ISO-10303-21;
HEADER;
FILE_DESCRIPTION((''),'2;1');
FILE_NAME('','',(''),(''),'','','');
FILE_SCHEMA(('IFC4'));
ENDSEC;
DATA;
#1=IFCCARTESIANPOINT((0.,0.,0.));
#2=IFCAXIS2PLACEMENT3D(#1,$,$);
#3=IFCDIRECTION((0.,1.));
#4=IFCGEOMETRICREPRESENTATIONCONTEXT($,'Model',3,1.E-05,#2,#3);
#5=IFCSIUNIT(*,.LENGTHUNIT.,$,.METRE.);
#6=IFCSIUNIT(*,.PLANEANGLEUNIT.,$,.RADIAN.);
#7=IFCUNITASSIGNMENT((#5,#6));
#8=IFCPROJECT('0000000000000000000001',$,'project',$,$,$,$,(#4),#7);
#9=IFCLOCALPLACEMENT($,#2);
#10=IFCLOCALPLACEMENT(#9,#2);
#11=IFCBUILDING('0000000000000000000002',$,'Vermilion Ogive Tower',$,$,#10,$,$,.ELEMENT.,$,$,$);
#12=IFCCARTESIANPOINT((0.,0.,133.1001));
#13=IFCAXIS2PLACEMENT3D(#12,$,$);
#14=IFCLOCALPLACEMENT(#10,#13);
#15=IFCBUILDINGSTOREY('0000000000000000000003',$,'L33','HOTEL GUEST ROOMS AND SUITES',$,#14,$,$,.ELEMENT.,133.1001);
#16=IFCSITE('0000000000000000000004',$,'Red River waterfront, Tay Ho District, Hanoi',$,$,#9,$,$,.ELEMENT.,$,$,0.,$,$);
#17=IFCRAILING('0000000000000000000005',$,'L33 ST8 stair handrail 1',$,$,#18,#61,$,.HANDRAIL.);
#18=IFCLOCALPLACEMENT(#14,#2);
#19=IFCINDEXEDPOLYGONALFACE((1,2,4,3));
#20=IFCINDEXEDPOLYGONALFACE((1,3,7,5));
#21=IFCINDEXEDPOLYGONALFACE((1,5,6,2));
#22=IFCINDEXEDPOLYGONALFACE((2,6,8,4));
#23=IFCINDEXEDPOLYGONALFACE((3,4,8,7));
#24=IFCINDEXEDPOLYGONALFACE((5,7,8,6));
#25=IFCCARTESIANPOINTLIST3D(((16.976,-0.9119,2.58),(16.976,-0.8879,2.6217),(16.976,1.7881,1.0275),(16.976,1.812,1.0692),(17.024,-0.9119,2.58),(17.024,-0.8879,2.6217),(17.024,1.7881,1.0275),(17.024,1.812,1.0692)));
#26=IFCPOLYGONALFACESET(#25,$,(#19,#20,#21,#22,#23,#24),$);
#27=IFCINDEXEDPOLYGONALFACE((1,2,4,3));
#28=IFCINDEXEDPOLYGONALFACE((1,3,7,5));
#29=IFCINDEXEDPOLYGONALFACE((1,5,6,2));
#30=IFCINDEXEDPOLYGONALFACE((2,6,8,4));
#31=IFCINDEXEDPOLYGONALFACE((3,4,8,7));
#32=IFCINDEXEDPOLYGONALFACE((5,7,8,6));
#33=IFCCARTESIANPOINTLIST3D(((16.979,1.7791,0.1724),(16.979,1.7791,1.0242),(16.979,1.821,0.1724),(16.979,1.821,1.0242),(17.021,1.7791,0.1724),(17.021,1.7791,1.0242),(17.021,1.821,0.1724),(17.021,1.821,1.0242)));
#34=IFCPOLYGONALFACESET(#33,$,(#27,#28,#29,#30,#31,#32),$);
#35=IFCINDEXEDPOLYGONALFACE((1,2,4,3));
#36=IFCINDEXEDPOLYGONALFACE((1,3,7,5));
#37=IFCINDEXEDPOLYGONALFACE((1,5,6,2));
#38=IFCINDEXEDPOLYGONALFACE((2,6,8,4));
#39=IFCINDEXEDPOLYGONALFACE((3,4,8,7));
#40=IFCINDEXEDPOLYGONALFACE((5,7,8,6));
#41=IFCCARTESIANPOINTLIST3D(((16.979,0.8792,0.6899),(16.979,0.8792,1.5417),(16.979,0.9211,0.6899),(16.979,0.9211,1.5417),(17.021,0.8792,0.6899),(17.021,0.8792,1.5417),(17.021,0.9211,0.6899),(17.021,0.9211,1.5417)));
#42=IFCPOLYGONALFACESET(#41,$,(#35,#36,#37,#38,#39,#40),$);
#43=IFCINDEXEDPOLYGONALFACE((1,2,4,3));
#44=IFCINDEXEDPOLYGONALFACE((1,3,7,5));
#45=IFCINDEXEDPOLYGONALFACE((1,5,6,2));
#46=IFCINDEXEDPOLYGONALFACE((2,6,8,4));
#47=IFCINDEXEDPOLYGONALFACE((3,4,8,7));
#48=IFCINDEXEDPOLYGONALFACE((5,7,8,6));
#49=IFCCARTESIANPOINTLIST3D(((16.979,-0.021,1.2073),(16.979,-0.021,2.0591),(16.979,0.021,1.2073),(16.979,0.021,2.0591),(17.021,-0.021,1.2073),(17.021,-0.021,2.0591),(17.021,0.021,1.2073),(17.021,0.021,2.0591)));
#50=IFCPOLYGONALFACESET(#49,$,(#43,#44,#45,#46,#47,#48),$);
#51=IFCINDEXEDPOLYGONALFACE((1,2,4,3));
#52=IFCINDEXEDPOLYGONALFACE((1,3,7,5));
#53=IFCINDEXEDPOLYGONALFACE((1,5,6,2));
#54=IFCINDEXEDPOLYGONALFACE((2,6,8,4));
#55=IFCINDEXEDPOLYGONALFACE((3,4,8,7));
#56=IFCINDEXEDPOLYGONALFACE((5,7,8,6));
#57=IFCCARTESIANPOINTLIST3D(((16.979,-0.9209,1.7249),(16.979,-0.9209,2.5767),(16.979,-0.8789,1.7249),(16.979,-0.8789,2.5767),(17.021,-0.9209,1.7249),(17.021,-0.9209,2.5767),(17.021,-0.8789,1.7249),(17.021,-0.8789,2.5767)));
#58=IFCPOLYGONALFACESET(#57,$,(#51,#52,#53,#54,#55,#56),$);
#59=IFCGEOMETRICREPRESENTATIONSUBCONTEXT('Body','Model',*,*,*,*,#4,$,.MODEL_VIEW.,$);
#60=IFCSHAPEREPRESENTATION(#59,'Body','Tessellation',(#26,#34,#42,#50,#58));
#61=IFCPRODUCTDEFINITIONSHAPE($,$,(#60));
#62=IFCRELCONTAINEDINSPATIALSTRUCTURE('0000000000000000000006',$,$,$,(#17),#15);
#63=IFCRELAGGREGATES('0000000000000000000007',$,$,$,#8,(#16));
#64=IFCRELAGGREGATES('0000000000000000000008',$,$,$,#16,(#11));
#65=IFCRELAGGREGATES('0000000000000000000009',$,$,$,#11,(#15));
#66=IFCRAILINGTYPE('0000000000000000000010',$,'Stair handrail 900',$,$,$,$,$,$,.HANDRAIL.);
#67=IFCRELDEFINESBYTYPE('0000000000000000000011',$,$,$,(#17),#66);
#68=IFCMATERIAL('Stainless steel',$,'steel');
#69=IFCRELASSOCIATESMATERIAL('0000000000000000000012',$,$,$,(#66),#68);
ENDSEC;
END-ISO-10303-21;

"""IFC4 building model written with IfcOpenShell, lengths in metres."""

from ifc_helpers import new_model, si_unit, direction, frame, origin, origin_2d, place, context, subcontext, project, spatial, rectangle, extrude, material, type_object, element, save


model = new_model("IFC4")

# Units and contexts
model_context = context("Model", 3, precision=1e-05, world=origin(), true_north=direction((0.0, 1.0)))
body_context = subcontext(model_context, "Body", "Model", "MODEL_VIEW")
ifc_project = project(units=[si_unit("LENGTHUNIT", "METRE"), si_unit("PLANEANGLEUNIT", "RADIAN")], contexts=[model_context])

# Site, building, storey
site_placement = place(None, origin())
site = spatial("IfcSite", under=ifc_project, at=site_placement, Name="Red River waterfront, Tay Ho District, Hanoi", CompositionType="ELEMENT", RefElevation=0.0)
building_placement = place(site_placement, origin())
building = spatial("IfcBuilding", under=site, at=building_placement, Name="Vermilion Ogive Tower", CompositionType="ELEMENT")
storey_placement = place(building_placement, frame((0.0, 0.0, 133.1001)))
storey = spatial("IfcBuildingStorey", under=building, at=storey_placement, Name="L33", Description="HOTEL GUEST ROOMS AND SUITES", CompositionType="ELEMENT", Elevation=133.1001)

# Railing
ifc_material_1 = material(Name="Stainless steel", Category="steel")
railing_type_1 = type_object("IfcRailingType", Name="Stair handrail 900", PredefinedType="HANDRAIL", material=ifc_material_1)
railing_1_placement = place(storey_placement, frame((17.0, 1.8, 0.1724)))
element("IfcRailing", 1, at=railing_1_placement, inside=storey, type_object=railing_type_1, Name="L33 ST8 stair handrail 1", PredefinedType="HANDRAIL", context=body_context, shape_type="SweptSolid", body=[
    extrude(rectangle(XDim=0.0481, YDim=0.0481, at=origin_2d()), frame((0.0, 0.0, 0.876), z_axis=(0.0, -0.866904, 0.498476), x_axis=(1.0, 0.0, 0.0)), (0.0, 0.0, 1.0), 3.1145),
    extrude(rectangle(XDim=0.042, YDim=0.042, at=origin_2d()), origin(), (0.0, 0.0, 1.0), 0.8518),
    extrude(rectangle(XDim=0.042, YDim=0.042, at=origin_2d()), frame((0.0, -0.8999, 0.5176)), (0.0, 0.0, 1.0), 0.8518),
    extrude(rectangle(XDim=0.042, YDim=0.042, at=origin_2d()), frame((0.0, -1.8, 1.0349)), (0.0, 0.0, 1.0), 0.8518),
    extrude(rectangle(XDim=0.042, YDim=0.042, at=origin_2d()), frame((0.0, -2.7, 1.5525)), (0.0, 0.0, 1.0), 0.8518),
])

save(model, "model.ifc")
